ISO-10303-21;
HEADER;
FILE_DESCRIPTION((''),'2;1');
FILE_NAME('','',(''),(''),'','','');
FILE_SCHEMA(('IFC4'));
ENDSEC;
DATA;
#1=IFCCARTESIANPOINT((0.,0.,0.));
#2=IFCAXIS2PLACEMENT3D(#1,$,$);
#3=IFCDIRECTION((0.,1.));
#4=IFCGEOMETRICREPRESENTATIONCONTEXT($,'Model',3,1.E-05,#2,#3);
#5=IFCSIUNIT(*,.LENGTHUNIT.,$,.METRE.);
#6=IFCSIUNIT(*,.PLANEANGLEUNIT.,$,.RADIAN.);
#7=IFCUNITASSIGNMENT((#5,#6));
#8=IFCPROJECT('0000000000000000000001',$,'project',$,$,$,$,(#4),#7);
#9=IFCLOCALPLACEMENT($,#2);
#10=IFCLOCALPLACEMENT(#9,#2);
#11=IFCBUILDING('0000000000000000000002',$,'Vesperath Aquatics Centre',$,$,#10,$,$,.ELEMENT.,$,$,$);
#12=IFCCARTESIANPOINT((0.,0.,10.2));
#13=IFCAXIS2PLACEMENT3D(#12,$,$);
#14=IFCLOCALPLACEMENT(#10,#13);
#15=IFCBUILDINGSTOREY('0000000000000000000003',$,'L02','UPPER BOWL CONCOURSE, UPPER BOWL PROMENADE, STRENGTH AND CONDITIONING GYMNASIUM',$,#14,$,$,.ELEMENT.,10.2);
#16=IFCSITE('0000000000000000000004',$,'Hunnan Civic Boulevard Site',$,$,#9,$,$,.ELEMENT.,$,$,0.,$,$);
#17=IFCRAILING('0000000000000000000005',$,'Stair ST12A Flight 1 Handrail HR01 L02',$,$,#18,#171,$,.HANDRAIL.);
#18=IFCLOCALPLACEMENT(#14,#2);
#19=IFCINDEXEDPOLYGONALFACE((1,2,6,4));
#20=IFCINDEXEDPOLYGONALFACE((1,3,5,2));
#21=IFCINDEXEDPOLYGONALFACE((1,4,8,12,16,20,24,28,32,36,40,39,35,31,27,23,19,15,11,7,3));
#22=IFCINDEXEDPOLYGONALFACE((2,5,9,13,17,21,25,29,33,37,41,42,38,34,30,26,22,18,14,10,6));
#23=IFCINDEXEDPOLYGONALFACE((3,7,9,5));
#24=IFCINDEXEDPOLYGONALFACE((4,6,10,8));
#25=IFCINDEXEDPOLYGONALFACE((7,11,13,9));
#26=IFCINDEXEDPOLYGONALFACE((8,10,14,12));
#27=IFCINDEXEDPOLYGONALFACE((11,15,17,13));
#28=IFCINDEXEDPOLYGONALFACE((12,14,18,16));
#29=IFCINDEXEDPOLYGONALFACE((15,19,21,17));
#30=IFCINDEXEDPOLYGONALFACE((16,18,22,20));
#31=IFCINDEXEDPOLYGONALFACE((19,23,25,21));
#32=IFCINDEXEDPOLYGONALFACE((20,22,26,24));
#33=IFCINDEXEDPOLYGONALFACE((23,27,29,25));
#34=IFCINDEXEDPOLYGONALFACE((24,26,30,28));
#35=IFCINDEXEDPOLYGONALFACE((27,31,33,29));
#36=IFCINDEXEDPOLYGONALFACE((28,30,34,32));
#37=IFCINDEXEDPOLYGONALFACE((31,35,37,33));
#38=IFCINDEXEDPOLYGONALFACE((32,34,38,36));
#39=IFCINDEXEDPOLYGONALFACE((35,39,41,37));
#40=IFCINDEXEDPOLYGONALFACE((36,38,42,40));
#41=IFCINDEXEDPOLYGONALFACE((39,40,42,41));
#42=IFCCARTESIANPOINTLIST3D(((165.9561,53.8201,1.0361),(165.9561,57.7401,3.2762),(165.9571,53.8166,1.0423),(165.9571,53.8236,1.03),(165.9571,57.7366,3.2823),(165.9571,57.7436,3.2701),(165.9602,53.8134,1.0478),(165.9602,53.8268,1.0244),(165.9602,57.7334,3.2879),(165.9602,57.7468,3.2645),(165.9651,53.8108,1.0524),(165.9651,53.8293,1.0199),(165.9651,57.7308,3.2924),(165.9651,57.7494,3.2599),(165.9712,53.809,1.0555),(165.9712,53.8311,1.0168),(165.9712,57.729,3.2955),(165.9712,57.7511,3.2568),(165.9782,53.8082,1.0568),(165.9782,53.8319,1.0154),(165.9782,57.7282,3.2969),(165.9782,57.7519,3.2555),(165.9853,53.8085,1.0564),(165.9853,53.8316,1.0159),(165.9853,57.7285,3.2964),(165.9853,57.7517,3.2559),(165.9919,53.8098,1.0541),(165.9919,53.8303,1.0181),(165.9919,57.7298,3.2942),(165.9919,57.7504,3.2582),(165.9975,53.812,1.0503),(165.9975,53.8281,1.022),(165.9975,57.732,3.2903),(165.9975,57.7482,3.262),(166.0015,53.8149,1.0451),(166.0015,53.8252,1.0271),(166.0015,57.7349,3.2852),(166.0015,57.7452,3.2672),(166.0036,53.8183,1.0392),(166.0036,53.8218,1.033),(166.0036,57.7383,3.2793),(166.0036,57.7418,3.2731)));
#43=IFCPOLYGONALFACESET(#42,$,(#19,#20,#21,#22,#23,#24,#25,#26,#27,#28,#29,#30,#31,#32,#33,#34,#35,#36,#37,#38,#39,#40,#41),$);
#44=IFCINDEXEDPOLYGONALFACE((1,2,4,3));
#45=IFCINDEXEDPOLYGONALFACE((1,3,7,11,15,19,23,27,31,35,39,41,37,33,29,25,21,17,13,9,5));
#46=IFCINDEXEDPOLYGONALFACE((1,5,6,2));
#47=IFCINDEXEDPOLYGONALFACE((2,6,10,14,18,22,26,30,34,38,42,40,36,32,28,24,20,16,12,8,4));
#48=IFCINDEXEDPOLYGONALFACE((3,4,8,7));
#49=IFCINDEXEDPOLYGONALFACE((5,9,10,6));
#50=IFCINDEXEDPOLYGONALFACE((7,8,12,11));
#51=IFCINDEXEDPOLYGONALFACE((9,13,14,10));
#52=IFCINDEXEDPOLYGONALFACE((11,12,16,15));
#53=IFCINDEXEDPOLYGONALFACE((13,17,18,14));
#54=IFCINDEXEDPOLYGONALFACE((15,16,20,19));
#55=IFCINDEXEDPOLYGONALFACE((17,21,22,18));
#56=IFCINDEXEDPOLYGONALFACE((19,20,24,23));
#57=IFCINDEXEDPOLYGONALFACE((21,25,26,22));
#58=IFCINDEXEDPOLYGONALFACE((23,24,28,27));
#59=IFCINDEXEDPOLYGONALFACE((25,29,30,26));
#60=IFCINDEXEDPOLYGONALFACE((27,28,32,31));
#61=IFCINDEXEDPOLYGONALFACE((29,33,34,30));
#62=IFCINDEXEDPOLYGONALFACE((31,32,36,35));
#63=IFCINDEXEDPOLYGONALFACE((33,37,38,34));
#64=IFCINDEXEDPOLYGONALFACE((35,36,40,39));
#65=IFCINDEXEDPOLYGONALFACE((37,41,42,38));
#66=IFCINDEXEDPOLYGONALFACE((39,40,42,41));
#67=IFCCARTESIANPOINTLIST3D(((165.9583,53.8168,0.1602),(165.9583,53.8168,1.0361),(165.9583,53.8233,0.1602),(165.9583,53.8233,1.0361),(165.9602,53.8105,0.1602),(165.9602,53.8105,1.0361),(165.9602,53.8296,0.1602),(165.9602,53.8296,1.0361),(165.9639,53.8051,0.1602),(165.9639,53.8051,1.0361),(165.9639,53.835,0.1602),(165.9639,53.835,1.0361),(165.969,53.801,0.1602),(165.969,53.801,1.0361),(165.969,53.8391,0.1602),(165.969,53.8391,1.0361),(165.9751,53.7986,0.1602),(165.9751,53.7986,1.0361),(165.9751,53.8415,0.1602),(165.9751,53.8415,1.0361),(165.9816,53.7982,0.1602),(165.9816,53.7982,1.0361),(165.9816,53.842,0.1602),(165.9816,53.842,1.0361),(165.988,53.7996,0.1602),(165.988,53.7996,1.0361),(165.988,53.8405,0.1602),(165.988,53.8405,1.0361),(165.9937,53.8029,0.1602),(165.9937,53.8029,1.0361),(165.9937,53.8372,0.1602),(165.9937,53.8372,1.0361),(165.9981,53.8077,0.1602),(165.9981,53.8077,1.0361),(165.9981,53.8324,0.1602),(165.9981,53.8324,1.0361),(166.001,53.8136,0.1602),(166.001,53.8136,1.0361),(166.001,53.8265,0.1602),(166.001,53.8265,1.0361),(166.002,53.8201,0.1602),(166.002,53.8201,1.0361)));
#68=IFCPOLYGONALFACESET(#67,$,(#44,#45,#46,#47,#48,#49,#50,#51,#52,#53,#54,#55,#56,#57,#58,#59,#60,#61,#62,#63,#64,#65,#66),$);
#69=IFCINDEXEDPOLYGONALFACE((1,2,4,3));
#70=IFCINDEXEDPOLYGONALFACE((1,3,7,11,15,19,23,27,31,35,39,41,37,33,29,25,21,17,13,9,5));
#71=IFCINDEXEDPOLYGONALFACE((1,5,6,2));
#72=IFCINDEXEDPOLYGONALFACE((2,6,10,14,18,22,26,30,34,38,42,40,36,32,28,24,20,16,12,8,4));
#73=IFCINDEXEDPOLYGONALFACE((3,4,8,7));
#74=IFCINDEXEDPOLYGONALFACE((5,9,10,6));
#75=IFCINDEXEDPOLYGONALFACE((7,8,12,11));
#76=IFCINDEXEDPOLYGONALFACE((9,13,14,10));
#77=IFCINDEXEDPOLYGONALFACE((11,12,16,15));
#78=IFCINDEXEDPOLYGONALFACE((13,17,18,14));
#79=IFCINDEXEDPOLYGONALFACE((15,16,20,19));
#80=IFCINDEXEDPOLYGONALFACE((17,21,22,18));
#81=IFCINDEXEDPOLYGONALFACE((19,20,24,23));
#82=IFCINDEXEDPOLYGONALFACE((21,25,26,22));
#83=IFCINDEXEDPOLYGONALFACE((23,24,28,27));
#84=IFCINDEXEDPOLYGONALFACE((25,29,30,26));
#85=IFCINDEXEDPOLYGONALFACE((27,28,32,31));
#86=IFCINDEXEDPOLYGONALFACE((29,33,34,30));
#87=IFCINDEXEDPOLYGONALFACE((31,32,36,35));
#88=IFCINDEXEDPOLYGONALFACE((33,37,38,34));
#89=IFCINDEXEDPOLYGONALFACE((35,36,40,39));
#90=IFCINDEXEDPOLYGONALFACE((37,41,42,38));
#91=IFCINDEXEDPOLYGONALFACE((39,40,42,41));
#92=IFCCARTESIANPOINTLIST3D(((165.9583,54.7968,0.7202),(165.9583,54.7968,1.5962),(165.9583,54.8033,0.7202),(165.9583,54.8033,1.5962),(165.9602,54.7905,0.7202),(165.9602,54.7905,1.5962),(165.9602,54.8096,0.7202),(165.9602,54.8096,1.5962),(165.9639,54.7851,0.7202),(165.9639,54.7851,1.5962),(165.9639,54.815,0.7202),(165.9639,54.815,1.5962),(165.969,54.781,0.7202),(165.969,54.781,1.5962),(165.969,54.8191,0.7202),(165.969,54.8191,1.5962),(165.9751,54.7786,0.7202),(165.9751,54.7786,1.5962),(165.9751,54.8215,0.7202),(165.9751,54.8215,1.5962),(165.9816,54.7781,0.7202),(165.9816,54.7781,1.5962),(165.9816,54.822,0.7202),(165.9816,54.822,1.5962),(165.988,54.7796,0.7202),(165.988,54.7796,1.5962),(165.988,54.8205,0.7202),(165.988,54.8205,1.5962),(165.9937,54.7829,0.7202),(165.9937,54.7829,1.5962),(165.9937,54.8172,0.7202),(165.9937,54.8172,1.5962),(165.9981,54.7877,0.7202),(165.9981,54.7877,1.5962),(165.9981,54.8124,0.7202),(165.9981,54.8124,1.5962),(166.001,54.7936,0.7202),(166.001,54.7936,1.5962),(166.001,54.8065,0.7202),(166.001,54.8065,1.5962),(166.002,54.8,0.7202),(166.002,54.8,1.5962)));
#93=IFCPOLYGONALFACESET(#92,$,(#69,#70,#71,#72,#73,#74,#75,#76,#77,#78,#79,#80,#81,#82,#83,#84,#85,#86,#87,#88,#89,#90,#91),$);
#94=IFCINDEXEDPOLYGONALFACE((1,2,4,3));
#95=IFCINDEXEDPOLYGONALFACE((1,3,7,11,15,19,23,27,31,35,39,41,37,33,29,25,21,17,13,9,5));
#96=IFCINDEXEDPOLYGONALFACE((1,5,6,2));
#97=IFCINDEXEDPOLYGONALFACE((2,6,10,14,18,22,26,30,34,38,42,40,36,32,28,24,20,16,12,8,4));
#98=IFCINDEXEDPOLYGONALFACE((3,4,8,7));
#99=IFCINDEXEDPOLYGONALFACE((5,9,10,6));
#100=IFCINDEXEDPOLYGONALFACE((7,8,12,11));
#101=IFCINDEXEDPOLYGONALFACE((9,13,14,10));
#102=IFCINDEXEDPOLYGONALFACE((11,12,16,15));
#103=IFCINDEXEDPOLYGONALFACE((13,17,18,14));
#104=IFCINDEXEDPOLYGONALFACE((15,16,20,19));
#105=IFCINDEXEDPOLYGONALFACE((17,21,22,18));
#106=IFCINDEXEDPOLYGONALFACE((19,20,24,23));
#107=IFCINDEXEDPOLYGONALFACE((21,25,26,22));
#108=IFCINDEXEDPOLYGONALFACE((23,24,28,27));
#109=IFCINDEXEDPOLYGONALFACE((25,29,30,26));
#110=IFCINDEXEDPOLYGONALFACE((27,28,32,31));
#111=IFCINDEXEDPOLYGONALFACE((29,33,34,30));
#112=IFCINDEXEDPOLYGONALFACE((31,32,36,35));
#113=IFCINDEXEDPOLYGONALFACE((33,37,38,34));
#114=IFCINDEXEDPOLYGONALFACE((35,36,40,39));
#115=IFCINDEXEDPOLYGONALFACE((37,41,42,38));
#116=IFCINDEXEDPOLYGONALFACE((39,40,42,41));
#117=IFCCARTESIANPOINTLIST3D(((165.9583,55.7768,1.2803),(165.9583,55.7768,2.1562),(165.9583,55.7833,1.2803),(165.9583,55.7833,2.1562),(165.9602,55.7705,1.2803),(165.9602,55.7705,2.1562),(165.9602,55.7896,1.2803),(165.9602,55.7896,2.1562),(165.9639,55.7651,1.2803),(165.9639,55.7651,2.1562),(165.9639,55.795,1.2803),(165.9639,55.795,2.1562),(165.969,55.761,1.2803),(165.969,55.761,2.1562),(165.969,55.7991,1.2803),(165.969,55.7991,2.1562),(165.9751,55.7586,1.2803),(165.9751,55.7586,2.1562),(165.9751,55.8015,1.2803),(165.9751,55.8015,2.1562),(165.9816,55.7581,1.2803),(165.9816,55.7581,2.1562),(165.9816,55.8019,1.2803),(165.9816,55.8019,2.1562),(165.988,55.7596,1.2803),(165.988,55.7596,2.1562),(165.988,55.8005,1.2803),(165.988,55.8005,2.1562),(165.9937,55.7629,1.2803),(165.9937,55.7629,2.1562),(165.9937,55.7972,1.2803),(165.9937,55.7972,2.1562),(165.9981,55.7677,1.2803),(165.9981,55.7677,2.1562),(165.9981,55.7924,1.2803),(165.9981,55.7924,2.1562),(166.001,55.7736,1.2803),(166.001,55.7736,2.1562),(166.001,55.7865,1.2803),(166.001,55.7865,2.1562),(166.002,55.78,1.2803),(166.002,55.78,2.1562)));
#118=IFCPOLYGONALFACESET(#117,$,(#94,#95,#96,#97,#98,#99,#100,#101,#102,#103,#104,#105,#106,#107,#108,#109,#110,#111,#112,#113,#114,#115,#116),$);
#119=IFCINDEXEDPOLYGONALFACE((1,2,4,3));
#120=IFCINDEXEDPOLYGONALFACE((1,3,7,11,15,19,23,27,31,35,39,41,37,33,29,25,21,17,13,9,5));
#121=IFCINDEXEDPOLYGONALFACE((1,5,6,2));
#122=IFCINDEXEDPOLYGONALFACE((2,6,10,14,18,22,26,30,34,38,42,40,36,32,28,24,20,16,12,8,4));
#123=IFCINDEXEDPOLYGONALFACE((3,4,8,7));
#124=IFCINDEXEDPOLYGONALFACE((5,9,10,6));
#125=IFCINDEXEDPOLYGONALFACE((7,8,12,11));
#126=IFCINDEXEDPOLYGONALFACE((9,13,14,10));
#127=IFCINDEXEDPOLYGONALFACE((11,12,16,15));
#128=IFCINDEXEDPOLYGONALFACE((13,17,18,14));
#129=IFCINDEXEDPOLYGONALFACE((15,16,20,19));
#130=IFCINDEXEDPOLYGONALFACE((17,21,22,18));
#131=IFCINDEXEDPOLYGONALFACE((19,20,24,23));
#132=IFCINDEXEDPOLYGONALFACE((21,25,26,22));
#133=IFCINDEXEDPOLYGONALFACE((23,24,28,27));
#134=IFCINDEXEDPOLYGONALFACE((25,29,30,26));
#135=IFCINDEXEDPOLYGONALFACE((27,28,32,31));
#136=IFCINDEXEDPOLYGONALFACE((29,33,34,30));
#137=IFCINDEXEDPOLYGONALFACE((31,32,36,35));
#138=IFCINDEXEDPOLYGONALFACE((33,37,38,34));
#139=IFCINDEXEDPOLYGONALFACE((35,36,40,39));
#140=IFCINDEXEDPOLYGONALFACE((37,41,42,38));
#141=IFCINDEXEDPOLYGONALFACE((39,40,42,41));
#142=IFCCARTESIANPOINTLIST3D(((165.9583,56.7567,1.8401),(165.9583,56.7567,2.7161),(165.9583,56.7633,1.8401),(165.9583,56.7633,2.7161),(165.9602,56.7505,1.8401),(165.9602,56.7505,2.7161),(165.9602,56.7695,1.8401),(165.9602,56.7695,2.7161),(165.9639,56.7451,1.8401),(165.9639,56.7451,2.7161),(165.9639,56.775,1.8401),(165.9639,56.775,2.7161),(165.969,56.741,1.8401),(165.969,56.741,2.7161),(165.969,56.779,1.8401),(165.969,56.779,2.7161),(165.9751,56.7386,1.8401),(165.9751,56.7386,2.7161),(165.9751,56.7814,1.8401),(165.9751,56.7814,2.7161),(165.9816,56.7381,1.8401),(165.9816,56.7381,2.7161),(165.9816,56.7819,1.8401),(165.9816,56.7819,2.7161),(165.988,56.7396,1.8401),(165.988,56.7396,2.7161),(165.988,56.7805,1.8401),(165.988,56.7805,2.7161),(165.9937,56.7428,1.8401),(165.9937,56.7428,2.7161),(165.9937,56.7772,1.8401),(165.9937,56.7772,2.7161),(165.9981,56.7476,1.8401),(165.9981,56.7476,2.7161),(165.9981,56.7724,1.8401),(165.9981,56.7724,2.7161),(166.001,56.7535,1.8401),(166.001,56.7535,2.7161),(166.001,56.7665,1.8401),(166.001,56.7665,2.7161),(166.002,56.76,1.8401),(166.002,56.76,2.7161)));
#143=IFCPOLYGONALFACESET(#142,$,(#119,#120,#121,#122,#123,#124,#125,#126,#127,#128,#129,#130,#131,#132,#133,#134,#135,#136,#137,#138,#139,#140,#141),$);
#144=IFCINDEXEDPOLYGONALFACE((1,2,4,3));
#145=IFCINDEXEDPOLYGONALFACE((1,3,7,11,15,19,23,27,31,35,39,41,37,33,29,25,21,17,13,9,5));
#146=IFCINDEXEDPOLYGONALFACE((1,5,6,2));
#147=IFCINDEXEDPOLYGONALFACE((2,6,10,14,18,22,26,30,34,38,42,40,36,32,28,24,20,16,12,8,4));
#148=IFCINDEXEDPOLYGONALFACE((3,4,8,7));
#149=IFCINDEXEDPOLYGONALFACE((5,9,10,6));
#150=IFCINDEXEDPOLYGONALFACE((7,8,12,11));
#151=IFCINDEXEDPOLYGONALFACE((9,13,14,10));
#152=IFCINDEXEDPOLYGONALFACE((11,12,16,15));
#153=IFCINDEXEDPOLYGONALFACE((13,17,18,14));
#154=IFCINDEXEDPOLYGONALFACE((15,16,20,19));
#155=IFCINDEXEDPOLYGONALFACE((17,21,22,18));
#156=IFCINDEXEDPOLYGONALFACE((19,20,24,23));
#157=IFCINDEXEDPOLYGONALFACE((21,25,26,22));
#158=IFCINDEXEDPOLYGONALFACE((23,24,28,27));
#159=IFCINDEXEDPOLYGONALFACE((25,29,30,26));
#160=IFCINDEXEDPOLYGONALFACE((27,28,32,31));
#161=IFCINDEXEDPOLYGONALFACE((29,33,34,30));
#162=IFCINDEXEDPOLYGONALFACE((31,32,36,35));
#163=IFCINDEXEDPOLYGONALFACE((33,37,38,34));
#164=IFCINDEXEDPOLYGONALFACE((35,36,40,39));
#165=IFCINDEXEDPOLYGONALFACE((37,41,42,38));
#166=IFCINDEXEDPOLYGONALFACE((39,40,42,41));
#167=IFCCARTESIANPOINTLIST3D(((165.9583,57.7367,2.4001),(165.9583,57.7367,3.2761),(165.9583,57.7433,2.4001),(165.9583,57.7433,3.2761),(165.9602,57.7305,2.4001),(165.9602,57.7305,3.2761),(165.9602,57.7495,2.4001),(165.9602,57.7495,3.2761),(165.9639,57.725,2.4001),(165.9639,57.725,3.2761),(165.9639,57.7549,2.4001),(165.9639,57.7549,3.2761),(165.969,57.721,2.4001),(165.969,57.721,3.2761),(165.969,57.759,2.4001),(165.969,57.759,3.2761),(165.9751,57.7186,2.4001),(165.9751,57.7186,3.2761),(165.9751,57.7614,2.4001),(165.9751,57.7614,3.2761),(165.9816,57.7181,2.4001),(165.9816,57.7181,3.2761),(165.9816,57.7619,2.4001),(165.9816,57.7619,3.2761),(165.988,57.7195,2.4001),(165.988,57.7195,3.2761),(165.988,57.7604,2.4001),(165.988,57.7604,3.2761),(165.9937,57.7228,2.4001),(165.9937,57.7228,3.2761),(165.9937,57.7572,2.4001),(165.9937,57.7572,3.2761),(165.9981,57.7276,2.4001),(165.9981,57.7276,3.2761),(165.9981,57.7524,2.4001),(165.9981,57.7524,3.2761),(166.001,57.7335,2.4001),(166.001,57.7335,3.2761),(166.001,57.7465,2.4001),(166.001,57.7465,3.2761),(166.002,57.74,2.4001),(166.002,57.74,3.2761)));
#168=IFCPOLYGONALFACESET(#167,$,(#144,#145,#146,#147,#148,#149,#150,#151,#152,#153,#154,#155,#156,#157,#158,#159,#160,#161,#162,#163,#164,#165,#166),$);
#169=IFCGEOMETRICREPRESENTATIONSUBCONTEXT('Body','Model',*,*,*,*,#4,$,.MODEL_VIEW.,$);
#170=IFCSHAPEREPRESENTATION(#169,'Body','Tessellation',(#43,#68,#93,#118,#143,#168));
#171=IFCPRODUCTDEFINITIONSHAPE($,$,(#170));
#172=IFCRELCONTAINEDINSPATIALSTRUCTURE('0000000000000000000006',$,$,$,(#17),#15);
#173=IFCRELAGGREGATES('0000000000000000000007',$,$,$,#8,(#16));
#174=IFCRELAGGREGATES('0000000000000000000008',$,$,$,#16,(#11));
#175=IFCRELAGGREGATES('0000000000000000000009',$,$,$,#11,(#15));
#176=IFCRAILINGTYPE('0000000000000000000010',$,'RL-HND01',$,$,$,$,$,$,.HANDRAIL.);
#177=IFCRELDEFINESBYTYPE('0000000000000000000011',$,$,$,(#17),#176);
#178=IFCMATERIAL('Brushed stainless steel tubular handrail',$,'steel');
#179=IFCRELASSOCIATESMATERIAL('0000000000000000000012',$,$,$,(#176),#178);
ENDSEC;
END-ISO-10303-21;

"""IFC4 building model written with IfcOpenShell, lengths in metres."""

from ifc_helpers import new_model, si_unit, direction, frame, origin, origin_2d, place, context, subcontext, project, spatial, circle, extrude, material, type_object, element, save


model = new_model("IFC4")

# Units and contexts
model_context = context("Model", 3, precision=1e-05, world=origin(), true_north=direction((0.0, 1.0)))
body_context = subcontext(model_context, "Body", "Model", "MODEL_VIEW")
ifc_project = project(units=[si_unit("LENGTHUNIT", "METRE"), si_unit("PLANEANGLEUNIT", "RADIAN")], contexts=[model_context])

# Site, building, storey
site_placement = place(None, origin())
site = spatial("IfcSite", under=ifc_project, at=site_placement, Name="Hunnan Civic Boulevard Site", CompositionType="ELEMENT", RefElevation=0.0)
building_placement = place(site_placement, origin())
building = spatial("IfcBuilding", under=site, at=building_placement, Name="Vesperath Aquatics Centre", CompositionType="ELEMENT")
storey_placement = place(building_placement, frame((0.0, 0.0, 10.2)))
storey = spatial("IfcBuildingStorey", under=building, at=storey_placement, Name="L02", Description="UPPER BOWL CONCOURSE, UPPER BOWL PROMENADE, STRENGTH AND CONDITIONING GYMNASIUM", CompositionType="ELEMENT", Elevation=10.2)

# Railing
ifc_material_1 = material(Name="Brushed stainless steel tubular handrail", Category="steel")
railing_type_1 = type_object("IfcRailingType", Name="RL-HND01", PredefinedType="HANDRAIL", material=ifc_material_1)
railing_1_placement = place(storey_placement, frame((165.98, 53.8201, 0.1602)))
element("IfcRailing", 1, at=railing_1_placement, inside=storey, type_object=railing_type_1, Name="Stair ST12A Flight 1 Handrail HR01 L02", PredefinedType="HANDRAIL", context=body_context, shape_type="SweptSolid", body=[
    extrude(circle(Radius=0.0239, at=origin_2d()), frame((0.0, 0.0, 0.876), z_axis=(0.0, 0.86824, 0.496145), x_axis=(-1.0, 0.0, 0.0)), (0.0, 0.0, 1.0), 4.5149),
    extrude(circle(Radius=0.022, at=origin_2d()), origin(), (0.0, 0.0, 1.0), 0.876),
    extrude(circle(Radius=0.022, at=origin_2d()), frame((0.0, 0.98, 0.5601)), (0.0, 0.0, 1.0), 0.876),
    extrude(circle(Radius=0.022, at=origin_2d()), frame((0.0, 1.96, 1.1201)), (0.0, 0.0, 1.0), 0.876),
    extrude(circle(Radius=0.022, at=origin_2d()), frame((0.0, 2.9399, 1.6799)), (0.0, 0.0, 1.0), 0.876),
    extrude(circle(Radius=0.022, at=origin_2d()), frame((0.0, 3.9199, 2.24)), (0.0, 0.0, 1.0), 0.876),
])

save(model, "model.ifc")
